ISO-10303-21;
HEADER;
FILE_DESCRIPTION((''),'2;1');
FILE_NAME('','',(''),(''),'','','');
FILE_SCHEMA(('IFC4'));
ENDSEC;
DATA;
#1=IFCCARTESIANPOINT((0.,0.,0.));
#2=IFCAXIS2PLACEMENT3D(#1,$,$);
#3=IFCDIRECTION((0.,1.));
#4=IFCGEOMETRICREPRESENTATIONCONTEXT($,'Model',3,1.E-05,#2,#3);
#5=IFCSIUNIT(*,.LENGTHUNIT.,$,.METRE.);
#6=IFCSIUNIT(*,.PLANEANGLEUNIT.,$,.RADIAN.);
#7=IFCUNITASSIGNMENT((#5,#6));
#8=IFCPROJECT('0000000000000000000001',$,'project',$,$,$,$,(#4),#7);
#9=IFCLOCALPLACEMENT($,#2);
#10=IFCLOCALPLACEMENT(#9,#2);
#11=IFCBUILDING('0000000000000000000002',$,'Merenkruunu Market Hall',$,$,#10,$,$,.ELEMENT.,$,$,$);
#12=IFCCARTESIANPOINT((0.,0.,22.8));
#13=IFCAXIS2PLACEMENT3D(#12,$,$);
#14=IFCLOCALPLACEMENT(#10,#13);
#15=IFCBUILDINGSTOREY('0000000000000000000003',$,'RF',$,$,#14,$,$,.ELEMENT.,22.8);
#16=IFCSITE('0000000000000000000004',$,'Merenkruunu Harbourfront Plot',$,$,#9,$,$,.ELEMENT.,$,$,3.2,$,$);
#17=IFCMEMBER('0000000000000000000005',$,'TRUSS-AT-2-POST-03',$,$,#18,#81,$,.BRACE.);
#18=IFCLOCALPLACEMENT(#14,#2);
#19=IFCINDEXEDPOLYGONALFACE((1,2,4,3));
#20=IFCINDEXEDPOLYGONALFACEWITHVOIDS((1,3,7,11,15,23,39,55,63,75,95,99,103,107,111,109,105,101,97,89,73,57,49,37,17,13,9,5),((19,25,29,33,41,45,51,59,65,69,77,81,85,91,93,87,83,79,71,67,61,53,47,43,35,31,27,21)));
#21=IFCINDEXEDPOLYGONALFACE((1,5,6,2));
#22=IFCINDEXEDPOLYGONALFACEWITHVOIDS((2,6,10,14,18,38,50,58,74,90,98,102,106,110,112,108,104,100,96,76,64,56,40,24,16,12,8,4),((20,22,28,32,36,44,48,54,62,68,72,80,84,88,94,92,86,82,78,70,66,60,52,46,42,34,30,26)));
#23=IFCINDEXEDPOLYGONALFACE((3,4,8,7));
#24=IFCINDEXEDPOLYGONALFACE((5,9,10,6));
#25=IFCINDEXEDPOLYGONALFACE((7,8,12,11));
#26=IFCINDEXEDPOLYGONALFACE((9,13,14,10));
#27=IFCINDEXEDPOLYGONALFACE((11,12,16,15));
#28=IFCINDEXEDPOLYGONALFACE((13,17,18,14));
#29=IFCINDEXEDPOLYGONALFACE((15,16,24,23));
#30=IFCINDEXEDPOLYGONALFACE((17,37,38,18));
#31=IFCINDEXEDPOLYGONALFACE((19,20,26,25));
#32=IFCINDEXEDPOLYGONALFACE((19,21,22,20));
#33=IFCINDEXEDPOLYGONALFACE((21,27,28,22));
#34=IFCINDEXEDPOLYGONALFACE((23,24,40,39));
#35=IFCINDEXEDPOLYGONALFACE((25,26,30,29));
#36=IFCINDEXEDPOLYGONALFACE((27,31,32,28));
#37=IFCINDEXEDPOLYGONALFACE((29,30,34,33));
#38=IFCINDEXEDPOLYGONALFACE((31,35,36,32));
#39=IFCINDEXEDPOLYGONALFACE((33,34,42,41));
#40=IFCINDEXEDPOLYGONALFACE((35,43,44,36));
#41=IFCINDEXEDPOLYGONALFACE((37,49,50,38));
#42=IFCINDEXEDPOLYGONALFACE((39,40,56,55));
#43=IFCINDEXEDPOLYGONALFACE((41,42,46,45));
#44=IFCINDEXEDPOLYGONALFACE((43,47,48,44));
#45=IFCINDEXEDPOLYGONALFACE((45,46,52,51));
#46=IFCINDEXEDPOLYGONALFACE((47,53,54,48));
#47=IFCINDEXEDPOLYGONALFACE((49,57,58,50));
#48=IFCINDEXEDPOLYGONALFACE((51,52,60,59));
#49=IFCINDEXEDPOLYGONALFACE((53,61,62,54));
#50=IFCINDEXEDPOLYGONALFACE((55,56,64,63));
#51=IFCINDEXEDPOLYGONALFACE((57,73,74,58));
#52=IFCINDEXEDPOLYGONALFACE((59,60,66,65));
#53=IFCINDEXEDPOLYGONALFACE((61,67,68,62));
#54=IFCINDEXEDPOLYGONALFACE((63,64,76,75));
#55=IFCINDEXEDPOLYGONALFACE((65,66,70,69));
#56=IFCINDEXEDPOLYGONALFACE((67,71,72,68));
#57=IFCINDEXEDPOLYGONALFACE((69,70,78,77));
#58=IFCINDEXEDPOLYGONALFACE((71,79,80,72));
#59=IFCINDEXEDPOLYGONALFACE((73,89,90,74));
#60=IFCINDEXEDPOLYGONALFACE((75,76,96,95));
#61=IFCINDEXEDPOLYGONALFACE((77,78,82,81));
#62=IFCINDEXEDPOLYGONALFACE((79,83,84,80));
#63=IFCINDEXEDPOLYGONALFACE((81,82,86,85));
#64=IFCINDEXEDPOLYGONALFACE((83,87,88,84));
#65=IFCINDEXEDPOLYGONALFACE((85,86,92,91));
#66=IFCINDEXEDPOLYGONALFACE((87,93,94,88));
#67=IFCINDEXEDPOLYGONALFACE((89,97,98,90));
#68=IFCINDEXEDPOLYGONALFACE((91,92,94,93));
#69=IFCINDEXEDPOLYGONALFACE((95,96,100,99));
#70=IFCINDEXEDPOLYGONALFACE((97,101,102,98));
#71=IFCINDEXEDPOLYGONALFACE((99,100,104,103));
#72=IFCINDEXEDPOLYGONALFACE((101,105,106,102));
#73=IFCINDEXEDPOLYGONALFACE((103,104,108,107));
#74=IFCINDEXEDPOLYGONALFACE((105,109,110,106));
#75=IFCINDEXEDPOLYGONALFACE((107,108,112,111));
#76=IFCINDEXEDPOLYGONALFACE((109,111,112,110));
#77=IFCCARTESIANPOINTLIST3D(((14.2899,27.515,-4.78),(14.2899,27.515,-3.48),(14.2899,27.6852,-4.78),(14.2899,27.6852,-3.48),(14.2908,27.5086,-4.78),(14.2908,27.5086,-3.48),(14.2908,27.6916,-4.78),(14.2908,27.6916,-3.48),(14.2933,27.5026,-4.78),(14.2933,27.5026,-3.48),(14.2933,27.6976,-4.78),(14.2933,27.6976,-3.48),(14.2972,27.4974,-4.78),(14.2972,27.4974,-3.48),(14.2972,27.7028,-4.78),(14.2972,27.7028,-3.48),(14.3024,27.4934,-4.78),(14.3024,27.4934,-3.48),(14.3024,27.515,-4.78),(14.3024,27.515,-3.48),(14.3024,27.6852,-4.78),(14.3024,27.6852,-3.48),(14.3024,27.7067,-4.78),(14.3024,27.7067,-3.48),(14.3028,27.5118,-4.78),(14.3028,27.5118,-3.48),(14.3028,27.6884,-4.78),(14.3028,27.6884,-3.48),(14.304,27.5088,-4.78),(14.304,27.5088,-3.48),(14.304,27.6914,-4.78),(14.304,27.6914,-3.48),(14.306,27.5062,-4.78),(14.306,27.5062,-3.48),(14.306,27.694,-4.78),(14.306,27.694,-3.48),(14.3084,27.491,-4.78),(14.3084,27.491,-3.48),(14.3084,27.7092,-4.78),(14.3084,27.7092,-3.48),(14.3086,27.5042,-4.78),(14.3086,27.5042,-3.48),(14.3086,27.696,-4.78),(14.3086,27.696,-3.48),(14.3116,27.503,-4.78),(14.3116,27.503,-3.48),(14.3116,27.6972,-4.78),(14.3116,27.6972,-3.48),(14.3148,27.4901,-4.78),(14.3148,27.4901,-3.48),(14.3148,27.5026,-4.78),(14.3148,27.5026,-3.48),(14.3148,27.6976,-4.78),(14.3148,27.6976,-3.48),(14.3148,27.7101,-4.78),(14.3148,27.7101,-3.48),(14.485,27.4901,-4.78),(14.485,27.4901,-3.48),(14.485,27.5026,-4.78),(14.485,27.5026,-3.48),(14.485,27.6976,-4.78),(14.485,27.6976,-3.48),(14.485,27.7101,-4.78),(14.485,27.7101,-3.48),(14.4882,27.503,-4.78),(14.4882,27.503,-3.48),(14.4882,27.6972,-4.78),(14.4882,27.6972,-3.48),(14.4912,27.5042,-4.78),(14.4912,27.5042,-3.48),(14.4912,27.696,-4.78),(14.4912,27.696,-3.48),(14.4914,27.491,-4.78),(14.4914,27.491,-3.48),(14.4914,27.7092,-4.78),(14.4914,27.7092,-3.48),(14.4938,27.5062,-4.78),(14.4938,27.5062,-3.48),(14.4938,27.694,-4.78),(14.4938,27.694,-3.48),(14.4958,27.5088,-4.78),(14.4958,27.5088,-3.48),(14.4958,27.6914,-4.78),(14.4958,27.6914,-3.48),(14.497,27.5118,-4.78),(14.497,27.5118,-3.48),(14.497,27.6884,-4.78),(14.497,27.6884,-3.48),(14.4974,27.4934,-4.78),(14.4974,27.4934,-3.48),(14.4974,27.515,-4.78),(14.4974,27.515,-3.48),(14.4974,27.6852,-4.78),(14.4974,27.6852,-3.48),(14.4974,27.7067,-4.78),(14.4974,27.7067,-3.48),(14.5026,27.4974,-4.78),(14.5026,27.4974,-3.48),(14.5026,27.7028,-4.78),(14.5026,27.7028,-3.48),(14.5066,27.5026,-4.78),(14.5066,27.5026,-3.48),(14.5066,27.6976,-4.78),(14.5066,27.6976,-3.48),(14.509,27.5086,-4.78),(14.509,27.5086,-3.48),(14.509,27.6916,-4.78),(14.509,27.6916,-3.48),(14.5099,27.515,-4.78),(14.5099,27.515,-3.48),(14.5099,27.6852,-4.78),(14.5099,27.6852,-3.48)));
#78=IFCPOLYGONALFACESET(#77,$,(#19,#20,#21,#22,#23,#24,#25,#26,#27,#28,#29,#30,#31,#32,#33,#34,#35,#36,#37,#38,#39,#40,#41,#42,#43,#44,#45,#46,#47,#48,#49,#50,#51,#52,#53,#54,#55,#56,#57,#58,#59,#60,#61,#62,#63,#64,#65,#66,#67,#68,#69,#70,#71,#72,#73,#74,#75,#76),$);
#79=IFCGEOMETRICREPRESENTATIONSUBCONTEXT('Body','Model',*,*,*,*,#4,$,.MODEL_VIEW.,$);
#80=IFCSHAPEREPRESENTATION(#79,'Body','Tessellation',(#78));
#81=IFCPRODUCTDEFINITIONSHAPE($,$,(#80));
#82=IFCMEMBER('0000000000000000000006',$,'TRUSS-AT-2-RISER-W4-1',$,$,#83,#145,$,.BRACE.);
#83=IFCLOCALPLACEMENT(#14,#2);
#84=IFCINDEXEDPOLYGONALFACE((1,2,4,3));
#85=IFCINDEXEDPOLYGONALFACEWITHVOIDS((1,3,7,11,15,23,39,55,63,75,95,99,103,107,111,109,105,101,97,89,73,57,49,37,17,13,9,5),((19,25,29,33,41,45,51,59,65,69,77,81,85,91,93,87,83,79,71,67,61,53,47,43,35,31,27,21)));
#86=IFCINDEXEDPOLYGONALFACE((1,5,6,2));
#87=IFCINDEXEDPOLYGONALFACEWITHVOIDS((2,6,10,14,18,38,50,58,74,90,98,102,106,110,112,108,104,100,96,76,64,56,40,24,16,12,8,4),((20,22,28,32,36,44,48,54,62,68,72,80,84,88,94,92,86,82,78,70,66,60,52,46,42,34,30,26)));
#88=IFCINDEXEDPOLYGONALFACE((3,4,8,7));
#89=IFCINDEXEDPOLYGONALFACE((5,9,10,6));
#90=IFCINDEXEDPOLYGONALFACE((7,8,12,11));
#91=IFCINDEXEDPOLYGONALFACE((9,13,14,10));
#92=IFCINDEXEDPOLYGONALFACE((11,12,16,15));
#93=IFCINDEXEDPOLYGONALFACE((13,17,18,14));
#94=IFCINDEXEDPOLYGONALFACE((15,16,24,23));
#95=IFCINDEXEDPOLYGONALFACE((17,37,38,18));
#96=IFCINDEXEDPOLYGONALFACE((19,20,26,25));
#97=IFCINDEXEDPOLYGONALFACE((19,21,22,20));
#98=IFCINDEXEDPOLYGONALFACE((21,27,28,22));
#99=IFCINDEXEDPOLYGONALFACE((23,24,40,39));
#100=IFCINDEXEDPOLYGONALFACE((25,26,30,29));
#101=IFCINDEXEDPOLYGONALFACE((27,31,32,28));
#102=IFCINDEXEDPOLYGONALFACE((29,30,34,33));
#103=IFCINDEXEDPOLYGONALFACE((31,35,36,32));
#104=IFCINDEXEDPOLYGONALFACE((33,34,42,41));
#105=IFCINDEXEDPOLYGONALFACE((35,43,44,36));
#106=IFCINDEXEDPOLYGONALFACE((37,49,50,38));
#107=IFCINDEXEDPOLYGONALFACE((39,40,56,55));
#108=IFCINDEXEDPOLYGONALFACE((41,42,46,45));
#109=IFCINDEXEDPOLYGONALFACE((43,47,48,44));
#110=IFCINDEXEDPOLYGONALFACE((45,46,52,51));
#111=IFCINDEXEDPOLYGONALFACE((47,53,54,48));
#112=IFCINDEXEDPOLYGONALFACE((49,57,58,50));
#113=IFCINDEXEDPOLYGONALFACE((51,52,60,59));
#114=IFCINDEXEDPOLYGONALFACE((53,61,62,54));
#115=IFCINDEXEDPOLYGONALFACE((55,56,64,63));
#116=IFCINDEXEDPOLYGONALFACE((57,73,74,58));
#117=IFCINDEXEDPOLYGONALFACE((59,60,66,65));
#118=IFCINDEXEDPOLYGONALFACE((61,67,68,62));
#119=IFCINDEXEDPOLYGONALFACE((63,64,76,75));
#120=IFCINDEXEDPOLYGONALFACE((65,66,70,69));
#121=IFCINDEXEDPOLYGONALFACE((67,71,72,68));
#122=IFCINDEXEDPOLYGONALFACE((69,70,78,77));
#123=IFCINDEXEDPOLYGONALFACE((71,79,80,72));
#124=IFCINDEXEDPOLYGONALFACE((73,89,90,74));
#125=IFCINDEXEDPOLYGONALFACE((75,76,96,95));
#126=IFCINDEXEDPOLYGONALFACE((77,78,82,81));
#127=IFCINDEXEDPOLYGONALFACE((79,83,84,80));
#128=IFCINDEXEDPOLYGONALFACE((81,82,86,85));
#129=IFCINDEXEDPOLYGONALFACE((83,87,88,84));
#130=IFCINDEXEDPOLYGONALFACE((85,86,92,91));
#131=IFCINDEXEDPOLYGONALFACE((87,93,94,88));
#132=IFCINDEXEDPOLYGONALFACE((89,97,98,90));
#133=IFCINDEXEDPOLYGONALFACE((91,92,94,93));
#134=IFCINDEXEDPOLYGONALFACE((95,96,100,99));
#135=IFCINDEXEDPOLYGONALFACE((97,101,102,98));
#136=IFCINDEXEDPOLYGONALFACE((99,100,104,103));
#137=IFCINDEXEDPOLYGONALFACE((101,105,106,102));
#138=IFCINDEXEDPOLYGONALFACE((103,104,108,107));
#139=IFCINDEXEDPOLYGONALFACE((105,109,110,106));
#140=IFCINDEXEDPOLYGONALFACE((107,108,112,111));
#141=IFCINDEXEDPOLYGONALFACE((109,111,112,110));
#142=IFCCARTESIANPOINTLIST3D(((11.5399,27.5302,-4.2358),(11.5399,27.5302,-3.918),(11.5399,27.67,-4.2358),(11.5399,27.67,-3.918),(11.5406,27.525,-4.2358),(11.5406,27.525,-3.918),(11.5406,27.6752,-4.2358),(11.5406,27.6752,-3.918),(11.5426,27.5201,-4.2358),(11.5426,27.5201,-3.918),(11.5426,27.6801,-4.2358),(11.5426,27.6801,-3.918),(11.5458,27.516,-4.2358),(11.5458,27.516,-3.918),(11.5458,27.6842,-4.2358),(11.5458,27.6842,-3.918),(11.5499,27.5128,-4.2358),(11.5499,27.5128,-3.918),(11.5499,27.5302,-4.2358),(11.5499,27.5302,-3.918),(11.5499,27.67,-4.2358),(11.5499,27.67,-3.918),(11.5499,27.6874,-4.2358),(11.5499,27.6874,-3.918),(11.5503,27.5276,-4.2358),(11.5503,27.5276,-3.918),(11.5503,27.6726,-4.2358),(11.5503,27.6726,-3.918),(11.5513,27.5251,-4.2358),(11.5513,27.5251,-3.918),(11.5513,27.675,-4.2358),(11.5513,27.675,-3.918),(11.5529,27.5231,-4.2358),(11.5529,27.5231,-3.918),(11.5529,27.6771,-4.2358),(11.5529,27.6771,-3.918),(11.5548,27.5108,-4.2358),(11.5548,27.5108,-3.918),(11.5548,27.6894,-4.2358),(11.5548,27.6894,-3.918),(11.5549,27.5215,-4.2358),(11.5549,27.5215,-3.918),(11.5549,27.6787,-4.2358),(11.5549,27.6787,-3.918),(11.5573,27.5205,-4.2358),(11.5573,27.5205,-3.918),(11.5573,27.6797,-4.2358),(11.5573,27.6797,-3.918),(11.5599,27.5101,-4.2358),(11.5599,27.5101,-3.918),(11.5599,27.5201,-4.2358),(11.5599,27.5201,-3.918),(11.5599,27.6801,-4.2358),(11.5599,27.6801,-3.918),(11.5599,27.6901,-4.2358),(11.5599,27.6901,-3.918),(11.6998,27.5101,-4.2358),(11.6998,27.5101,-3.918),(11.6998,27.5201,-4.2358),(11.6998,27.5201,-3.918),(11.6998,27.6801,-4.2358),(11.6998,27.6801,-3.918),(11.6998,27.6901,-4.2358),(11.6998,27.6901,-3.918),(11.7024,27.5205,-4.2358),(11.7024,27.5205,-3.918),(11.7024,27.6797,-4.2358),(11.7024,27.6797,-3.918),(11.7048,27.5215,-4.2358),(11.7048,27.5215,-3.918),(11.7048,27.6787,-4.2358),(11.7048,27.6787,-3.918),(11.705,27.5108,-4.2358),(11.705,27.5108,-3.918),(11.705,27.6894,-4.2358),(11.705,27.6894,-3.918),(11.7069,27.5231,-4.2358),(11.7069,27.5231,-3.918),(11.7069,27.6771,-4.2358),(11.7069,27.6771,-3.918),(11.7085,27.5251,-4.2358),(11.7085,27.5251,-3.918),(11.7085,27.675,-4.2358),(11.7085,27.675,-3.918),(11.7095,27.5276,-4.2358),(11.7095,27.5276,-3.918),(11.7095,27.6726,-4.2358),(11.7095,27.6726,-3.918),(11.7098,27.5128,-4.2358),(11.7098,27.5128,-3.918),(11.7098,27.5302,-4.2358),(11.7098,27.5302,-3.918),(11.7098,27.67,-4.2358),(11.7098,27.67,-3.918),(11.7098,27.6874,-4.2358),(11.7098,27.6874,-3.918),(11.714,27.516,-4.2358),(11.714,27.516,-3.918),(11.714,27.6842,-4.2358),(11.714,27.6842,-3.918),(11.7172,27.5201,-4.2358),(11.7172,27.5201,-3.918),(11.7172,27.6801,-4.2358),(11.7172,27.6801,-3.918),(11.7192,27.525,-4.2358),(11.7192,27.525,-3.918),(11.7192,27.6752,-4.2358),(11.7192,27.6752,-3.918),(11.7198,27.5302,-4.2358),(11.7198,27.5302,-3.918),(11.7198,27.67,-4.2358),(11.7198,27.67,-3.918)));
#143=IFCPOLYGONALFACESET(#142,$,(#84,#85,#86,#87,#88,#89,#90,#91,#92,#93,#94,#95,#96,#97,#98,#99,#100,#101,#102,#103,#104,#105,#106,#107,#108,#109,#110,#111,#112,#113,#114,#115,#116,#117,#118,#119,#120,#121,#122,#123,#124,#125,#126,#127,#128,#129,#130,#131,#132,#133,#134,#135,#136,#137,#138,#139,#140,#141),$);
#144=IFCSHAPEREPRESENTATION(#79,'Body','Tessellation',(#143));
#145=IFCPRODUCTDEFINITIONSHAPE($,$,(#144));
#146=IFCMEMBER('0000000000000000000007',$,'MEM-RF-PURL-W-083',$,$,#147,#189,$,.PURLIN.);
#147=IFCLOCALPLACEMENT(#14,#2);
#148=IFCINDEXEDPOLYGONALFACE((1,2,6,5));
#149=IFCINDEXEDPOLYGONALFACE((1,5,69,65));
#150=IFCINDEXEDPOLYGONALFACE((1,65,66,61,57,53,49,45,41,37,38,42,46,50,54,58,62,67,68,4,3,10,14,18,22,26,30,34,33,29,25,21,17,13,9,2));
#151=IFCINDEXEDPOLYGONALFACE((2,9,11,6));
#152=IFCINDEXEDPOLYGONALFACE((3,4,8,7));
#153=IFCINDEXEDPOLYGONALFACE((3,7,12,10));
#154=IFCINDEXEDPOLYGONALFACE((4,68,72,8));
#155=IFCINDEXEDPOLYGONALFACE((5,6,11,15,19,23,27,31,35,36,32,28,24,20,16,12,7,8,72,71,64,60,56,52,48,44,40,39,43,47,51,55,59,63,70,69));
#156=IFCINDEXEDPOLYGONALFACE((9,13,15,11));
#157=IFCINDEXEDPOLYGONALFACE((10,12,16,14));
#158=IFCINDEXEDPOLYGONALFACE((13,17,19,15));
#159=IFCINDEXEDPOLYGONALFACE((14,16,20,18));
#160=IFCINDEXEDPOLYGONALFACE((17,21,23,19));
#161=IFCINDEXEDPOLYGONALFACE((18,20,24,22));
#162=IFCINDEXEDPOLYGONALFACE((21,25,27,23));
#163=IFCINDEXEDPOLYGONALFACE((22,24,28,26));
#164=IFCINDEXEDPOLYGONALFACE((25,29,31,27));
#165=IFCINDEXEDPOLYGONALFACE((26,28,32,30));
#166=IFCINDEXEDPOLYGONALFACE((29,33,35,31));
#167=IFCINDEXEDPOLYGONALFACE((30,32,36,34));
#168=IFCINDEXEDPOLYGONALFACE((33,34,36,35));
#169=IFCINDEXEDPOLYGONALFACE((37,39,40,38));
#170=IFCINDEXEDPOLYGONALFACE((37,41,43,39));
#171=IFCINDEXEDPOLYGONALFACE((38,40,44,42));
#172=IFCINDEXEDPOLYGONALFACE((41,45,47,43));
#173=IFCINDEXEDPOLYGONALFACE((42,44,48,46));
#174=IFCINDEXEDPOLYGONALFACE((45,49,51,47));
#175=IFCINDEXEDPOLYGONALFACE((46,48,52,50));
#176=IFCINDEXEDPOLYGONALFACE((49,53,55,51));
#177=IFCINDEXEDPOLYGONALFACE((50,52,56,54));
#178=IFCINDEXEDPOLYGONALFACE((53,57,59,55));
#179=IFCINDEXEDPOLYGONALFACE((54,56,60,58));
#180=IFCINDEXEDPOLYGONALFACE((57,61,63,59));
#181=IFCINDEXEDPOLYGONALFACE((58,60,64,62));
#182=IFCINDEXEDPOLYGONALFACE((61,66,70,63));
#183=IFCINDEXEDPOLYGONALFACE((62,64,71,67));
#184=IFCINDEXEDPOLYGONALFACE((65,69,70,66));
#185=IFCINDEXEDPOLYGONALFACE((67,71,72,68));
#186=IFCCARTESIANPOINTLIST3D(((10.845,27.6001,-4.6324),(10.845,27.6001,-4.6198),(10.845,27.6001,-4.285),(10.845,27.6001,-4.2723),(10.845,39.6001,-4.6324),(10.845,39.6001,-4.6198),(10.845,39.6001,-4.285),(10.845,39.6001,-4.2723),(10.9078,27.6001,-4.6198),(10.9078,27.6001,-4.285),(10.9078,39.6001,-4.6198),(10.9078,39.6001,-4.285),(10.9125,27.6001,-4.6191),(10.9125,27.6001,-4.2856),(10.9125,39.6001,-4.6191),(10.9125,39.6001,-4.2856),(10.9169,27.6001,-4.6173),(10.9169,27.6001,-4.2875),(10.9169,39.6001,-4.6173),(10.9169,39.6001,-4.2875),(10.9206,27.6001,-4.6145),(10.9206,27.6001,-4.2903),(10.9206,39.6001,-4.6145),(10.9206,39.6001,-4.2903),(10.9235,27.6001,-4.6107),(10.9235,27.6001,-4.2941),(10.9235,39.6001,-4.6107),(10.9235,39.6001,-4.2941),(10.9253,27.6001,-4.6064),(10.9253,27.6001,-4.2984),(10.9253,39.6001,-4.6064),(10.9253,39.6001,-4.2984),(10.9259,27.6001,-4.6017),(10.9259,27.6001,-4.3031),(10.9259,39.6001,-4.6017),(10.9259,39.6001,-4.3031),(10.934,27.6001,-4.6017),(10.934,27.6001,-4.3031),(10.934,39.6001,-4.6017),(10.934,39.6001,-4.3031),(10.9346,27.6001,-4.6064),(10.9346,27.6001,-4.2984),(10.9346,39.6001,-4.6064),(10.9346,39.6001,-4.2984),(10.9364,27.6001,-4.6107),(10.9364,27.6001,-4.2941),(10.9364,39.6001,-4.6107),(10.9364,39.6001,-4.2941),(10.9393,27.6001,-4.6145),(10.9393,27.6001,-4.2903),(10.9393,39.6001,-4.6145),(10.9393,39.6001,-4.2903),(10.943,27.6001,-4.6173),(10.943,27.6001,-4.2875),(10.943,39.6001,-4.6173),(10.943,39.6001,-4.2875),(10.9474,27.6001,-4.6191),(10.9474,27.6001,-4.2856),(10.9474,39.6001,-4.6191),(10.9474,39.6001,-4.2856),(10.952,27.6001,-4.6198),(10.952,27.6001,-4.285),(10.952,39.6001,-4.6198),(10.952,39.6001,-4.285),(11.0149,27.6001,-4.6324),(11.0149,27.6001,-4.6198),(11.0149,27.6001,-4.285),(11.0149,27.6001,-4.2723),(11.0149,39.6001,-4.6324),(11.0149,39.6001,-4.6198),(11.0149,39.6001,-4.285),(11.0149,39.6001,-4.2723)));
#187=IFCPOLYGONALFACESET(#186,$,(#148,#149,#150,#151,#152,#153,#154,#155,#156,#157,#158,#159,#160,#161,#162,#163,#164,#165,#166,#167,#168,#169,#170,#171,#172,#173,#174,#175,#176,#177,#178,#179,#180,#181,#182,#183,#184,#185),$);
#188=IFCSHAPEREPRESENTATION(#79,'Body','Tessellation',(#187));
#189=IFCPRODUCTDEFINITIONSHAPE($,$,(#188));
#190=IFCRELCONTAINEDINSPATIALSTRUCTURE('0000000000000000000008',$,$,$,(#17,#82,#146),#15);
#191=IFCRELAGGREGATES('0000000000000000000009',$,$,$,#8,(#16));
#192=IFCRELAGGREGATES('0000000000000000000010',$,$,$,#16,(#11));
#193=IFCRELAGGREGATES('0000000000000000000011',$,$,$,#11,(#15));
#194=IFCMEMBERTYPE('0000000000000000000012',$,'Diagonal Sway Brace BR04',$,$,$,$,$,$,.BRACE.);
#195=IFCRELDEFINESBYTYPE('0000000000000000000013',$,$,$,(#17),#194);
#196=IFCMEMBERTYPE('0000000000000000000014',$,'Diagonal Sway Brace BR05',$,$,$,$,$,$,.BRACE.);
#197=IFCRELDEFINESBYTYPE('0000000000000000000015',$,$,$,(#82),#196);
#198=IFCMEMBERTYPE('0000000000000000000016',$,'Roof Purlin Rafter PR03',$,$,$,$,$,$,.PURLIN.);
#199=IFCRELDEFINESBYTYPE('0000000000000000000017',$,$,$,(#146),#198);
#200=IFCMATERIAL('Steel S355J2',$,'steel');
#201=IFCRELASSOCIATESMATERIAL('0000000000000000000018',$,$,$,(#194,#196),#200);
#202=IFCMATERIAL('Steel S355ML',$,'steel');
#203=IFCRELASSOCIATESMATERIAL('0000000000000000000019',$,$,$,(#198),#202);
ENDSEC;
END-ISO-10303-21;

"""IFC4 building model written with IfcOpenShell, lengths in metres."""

from ifc_helpers import new_model, si_unit, direction, frame, origin, origin_2d, place, context, subcontext, project, spatial, hollow_rectangle, i_section, extrude, material, material_profile, profile_set, type_object, element, save


model = new_model("IFC4")

# Units and contexts
model_context = context("Model", 3, precision=1e-05, world=origin(), true_north=direction((0.0, 1.0)))
body_context = subcontext(model_context, "Body", "Model", "MODEL_VIEW")
ifc_project = project(units=[si_unit("LENGTHUNIT", "METRE"), si_unit("PLANEANGLEUNIT", "RADIAN")], contexts=[model_context])

# Site, building, storey
site_placement = place(None, origin())
site = spatial("IfcSite", under=ifc_project, at=site_placement, Name="Merenkruunu Harbourfront Plot", CompositionType="ELEMENT", RefElevation=3.2)
building_placement = place(site_placement, origin())
building = spatial("IfcBuilding", under=site, at=building_placement, Name="Merenkruunu Market Hall", CompositionType="ELEMENT")
storey_placement = place(building_placement, frame((0.0, 0.0, 22.8)))
storey = spatial("IfcBuildingStorey", under=building, at=storey_placement, Name="RF", CompositionType="ELEMENT", Elevation=22.8)

# Shared definitions
ifc_material_1 = material(Name="Steel S355ML", Category="steel")

# Members
ifc_material_2 = material(Name="Steel S355J2", Category="steel")
ifc_material_profile_1 = material_profile(ifc_material_2, hollow_rectangle(XDim=0.22, YDim=0.22, WallThickness=0.0125, InnerFilletRadius=0.0125, OuterFilletRadius=0.0249, at=origin_2d()), Name="SHS 220x220x12.5")
ifc_profile_set_1 = profile_set([ifc_material_profile_1], Name="Steel S355J2")
member_type_1 = type_object("IfcMemberType", Name="Diagonal Sway Brace BR04", PredefinedType="BRACE", material=ifc_profile_set_1)
for number, where, z_axis, x_axis, name in (
    (1, (14.3999, 27.6001, -4.78), (0.0, 0.0, 1.0), (1.0, 0.0, 0.0), "TRUSS-AT-2-POST-03"),
):
    element("IfcMember", number, at=place(storey_placement, frame(where, z_axis=z_axis, x_axis=x_axis)), inside=storey, type_object=member_type_1, Name=name, PredefinedType="BRACE", context=body_context, shape_type="SweptSolid", body=[
        extrude(hollow_rectangle(XDim=0.22, YDim=0.22, WallThickness=0.0125, InnerFilletRadius=0.0125, OuterFilletRadius=0.0249, at=origin_2d()), origin(), (0.0, 0.0, 1.0), 1.3),
    ])
ifc_material_profile_2 = material_profile(ifc_material_2, hollow_rectangle(XDim=0.1799, YDim=0.1799, WallThickness=0.01, InnerFilletRadius=0.01, OuterFilletRadius=0.02, at=origin_2d()), Name="SHS 180x180x10")
ifc_profile_set_2 = profile_set([ifc_material_profile_2], Name="Steel S355J2")
member_type_2 = type_object("IfcMemberType", Name="Diagonal Sway Brace BR05", PredefinedType="BRACE", material=ifc_profile_set_2)
member_1_placement = place(storey_placement, frame((11.6299, 27.6001, -4.2358), z_axis=(0.0, 0.0, 1.0), x_axis=(1.0, 0.0, 0.0)))
element("IfcMember", 2, at=member_1_placement, inside=storey, type_object=member_type_2, Name="TRUSS-AT-2-RISER-W4-1", PredefinedType="BRACE", context=body_context, shape_type="SweptSolid", body=[
    extrude(hollow_rectangle(XDim=0.1799, YDim=0.1799, WallThickness=0.01, InnerFilletRadius=0.01, OuterFilletRadius=0.02, at=origin_2d()), origin(), (0.0, 0.0, 1.0), 0.3179),
])
ifc_material_profile_3 = material_profile(ifc_material_1, i_section(OverallWidth=0.1699, OverallDepth=0.3601, WebThickness=0.0081, FlangeThickness=0.0127, FilletRadius=0.0181, at=origin_2d()), Name="IPE 360")
ifc_profile_set_3 = profile_set([ifc_material_profile_3], Name="Steel S355ML")
member_type_3 = type_object("IfcMemberType", Name="Roof Purlin Rafter PR03", PredefinedType="PURLIN", material=ifc_profile_set_3)
member_2_placement = place(storey_placement, frame((10.9299, 27.6001, -4.4524), z_axis=(0.0, 1.0, 0.0), x_axis=(-1.0, 0.0, 0.0)))
element("IfcMember", 3, at=member_2_placement, inside=storey, type_object=member_type_3, Name="MEM-RF-PURL-W-083", PredefinedType="PURLIN", context=body_context, shape_type="SweptSolid", body=[
    extrude(i_section(OverallWidth=0.1699, OverallDepth=0.3601, WebThickness=0.0081, FlangeThickness=0.0127, FilletRadius=0.0181, at=origin_2d()), origin(), (0.0, 0.0, 1.0), 12.0),
])

save(model, "model.ifc")
